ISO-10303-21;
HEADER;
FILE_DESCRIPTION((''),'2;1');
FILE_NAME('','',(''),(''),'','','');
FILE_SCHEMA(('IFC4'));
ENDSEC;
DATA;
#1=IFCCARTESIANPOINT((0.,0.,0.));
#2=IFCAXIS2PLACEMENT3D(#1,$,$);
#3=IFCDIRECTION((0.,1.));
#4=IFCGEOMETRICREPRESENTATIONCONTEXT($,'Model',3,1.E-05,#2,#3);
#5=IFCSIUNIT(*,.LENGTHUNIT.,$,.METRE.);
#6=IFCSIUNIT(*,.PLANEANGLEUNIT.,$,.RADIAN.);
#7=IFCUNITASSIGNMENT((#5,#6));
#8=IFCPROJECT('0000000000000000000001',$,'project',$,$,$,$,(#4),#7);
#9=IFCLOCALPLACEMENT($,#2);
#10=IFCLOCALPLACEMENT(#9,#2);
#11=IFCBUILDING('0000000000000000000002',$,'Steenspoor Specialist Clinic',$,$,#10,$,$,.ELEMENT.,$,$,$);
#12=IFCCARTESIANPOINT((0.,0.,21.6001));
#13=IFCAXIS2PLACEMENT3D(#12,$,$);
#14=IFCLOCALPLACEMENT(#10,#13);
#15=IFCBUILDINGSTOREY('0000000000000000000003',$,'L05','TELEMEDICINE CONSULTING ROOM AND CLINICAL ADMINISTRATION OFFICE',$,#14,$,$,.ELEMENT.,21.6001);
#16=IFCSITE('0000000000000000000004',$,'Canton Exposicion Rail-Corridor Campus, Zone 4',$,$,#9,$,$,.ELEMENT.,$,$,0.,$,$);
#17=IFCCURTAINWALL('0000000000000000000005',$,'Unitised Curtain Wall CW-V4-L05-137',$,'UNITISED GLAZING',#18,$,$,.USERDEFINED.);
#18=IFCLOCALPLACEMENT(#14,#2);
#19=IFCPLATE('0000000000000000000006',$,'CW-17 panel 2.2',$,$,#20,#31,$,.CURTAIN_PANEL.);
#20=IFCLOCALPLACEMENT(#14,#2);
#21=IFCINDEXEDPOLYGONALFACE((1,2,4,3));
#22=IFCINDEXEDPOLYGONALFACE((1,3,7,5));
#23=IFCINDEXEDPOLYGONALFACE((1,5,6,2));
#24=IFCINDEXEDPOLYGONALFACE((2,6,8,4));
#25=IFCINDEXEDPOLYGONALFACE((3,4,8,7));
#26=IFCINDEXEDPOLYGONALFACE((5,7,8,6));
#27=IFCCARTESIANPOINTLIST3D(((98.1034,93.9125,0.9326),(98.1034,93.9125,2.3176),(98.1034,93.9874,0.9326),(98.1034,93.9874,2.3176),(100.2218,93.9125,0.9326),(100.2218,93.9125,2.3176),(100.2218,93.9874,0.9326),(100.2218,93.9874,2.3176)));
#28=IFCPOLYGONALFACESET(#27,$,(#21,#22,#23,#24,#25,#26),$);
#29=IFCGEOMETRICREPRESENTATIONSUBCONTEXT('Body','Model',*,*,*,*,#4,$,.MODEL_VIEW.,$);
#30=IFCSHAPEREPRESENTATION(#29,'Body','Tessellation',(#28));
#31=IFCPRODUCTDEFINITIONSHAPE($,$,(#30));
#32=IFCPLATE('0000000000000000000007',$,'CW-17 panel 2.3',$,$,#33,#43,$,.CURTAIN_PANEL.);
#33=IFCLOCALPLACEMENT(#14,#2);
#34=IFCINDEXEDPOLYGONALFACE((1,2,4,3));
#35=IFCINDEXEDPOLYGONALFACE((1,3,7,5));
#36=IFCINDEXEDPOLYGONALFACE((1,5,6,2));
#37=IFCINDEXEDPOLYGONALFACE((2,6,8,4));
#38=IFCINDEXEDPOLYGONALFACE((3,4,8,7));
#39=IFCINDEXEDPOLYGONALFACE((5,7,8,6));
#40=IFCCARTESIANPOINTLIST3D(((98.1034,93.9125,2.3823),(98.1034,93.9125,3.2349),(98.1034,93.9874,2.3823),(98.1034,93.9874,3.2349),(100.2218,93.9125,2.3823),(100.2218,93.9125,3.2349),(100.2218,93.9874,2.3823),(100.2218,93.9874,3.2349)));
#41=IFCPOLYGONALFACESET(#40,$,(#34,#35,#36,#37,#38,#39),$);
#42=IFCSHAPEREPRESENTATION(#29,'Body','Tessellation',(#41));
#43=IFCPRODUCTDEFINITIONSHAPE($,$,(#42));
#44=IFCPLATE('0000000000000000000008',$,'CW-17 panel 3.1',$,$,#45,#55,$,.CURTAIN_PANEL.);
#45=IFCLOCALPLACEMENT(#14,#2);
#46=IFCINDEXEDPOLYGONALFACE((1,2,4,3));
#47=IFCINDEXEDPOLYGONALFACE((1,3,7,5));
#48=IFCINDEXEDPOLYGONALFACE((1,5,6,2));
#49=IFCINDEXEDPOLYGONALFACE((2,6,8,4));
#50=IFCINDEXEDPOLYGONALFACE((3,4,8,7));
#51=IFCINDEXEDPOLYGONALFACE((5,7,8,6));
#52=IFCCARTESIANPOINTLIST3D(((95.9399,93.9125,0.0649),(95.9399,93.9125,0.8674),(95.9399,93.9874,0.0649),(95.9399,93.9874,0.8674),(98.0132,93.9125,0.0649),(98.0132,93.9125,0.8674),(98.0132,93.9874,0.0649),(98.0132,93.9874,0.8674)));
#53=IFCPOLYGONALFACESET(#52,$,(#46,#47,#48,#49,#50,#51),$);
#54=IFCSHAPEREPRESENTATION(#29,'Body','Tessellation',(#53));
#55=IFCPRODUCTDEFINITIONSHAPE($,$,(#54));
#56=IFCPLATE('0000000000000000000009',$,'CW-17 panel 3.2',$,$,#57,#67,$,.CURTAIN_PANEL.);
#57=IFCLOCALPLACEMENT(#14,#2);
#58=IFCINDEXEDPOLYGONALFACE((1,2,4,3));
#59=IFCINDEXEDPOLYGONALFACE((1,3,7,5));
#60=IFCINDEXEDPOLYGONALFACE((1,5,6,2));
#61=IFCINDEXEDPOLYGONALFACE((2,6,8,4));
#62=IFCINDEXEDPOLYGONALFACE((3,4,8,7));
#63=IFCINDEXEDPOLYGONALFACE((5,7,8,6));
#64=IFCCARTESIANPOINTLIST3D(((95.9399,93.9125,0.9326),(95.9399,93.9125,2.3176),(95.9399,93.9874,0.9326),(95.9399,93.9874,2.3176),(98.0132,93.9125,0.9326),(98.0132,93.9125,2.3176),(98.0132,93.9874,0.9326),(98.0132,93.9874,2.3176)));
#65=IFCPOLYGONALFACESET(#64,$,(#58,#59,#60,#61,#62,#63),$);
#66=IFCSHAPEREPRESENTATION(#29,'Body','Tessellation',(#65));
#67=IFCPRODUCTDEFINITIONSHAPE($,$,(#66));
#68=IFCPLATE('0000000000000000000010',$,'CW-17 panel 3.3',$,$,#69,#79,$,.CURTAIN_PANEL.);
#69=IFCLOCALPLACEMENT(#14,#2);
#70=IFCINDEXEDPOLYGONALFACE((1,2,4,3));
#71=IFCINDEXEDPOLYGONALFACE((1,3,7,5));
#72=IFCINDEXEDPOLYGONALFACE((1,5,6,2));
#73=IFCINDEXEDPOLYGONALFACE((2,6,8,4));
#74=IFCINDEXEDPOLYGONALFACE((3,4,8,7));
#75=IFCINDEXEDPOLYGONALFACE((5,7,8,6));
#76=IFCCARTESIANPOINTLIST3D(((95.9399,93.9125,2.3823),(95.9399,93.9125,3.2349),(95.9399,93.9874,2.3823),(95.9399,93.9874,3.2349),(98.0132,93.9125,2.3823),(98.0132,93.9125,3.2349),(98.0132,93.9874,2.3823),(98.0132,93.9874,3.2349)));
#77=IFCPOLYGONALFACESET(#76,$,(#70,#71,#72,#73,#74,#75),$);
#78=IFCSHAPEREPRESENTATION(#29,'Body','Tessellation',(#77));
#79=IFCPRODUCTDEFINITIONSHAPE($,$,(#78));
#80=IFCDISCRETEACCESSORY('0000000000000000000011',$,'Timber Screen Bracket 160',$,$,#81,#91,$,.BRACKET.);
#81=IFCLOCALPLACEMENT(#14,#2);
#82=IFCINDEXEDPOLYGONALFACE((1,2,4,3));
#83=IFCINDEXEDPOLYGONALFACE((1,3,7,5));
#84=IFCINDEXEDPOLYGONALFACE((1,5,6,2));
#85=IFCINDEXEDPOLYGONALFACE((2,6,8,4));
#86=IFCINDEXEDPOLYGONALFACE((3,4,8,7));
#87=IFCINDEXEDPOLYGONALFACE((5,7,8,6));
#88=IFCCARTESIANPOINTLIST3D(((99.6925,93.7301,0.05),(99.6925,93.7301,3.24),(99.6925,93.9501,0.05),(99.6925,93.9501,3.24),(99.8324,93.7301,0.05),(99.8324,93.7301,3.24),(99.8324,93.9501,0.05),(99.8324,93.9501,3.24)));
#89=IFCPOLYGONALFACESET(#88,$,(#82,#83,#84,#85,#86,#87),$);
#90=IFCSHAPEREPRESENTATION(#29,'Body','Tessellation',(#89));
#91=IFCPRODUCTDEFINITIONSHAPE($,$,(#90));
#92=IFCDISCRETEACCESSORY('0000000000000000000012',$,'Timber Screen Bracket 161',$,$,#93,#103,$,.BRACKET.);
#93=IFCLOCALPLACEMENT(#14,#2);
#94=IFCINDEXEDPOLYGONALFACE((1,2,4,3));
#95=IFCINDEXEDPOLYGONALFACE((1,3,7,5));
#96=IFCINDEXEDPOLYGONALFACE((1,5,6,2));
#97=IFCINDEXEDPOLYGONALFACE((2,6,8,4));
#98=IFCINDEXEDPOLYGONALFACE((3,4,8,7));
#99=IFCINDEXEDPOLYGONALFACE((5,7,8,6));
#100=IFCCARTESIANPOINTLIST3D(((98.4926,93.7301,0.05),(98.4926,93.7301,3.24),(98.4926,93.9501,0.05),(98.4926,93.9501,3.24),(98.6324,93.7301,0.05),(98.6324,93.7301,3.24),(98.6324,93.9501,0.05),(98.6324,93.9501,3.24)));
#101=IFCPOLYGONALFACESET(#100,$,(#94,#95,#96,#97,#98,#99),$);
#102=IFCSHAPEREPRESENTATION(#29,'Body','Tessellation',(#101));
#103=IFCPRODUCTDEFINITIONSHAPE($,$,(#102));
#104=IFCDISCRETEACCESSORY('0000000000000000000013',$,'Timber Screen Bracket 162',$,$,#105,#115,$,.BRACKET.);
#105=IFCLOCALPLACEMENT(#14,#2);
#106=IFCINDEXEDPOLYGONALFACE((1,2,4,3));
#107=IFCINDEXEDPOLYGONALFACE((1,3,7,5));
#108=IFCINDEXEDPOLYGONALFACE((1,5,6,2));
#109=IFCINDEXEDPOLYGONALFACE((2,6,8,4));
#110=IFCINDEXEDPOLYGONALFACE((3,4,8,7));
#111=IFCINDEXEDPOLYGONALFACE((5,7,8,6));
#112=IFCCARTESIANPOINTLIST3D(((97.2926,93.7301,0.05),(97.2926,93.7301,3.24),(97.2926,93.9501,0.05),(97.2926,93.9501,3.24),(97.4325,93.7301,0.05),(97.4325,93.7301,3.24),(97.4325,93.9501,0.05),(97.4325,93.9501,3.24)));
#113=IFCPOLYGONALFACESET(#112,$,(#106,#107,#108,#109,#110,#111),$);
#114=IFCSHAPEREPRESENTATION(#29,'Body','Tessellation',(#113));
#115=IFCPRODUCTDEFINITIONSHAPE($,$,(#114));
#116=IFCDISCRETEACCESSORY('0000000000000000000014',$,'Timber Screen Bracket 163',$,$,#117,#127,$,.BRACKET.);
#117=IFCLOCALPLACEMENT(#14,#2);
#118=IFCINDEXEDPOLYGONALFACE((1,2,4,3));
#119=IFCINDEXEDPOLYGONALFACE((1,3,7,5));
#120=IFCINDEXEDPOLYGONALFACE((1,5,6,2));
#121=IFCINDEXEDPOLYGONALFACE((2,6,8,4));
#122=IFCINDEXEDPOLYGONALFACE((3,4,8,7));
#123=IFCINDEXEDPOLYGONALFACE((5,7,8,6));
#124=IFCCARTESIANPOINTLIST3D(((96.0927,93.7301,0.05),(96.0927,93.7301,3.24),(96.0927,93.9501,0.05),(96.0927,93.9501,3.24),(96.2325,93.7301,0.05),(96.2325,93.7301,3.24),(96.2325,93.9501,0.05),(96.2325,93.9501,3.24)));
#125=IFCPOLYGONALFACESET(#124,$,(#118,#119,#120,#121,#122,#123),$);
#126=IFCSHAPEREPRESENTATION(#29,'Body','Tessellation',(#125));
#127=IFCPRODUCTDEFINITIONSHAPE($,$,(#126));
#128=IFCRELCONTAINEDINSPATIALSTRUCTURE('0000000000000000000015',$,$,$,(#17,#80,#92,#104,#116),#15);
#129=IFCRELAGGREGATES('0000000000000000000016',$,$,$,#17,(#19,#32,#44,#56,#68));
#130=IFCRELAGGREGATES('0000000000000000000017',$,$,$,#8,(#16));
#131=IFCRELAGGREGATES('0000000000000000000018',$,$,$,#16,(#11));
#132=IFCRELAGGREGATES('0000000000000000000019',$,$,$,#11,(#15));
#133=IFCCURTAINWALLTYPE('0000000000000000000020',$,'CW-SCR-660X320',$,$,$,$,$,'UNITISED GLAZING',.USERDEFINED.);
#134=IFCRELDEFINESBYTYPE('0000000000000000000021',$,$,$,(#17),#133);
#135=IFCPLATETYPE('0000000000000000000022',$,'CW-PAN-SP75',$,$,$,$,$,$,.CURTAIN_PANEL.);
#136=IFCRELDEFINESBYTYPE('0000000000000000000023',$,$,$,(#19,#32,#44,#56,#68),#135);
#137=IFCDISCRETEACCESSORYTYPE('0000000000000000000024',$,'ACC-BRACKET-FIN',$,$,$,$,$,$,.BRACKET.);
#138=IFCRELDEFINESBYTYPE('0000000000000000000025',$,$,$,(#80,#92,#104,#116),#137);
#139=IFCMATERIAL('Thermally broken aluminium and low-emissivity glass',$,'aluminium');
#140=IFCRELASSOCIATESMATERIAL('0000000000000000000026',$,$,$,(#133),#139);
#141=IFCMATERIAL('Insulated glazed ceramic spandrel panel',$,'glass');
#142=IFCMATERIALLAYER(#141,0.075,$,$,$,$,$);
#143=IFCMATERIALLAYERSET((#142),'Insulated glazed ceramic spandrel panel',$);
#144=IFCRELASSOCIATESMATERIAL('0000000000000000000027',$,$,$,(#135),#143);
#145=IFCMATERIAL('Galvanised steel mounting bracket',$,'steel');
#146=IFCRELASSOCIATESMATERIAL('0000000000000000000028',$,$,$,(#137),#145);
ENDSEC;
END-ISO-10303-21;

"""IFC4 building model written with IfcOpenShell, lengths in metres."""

from ifc_helpers import new_model, si_unit, direction, frame, origin, origin_2d, place, context, subcontext, project, spatial, rectangle, extrude, material, layer, layer_set, type_object, element, aggregate, save


model = new_model("IFC4")

# Units and contexts
model_context = context("Model", 3, precision=1e-05, world=origin(), true_north=direction((0.0, 1.0)))
body_context = subcontext(model_context, "Body", "Model", "MODEL_VIEW")
ifc_project = project(units=[si_unit("LENGTHUNIT", "METRE"), si_unit("PLANEANGLEUNIT", "RADIAN")], contexts=[model_context])

# Site, building, storey
site_placement = place(None, origin())
site = spatial("IfcSite", under=ifc_project, at=site_placement, Name="Canton Exposicion Rail-Corridor Campus, Zone 4", CompositionType="ELEMENT", RefElevation=0.0)
building_placement = place(site_placement, origin())
building = spatial("IfcBuilding", under=site, at=building_placement, Name="Steenspoor Specialist Clinic", CompositionType="ELEMENT")
storey_placement = place(building_placement, frame((0.0, 0.0, 21.6001)))
storey = spatial("IfcBuildingStorey", under=building, at=storey_placement, Name="L05", Description="TELEMEDICINE CONSULTING ROOM AND CLINICAL ADMINISTRATION OFFICE", CompositionType="ELEMENT", Elevation=21.6001)

# Curtain wall
ifc_material_1 = material(Name="Thermally broken aluminium and low-emissivity glass", Category="aluminium")
curtain_wall_type = type_object("IfcCurtainWallType", Name="CW-SCR-660X320", ElementType="UNITISED GLAZING", PredefinedType="USERDEFINED", material=ifc_material_1)
curtain_wall_placement = place(storey_placement, origin())
curtain_wall = element("IfcCurtainWall", 1, at=curtain_wall_placement, inside=storey, type_object=curtain_wall_type, Name="Unitised Curtain Wall CW-V4-L05-137", ObjectType="UNITISED GLAZING", PredefinedType="USERDEFINED")

# Plates
ifc_material_2 = material(Name="Insulated glazed ceramic spandrel panel", Category="glass")
ifc_layer = layer(ifc_material_2, 0.075)
ifc_layer_set = layer_set([ifc_layer], Name="Insulated glazed ceramic spandrel panel")
plate_type = type_object("IfcPlateType", Name="CW-PAN-SP75", PredefinedType="CURTAIN_PANEL", material=ifc_layer_set)
plate_1_placement = place(storey_placement, frame((99.1626, 93.95, 0.9326), z_axis=(0.0, 0.0, 1.0), x_axis=(-1.0, 0.0, 0.0)))
plate_1 = element("IfcPlate", 2, at=plate_1_placement, type_object=plate_type, Name="CW-17 panel 2.2", PredefinedType="CURTAIN_PANEL", context=body_context, shape_type="SweptSolid", body=[
    extrude(rectangle(XDim=2.1184, YDim=0.075, at=origin_2d()), origin(), (0.0, 0.0, 1.0), 1.385),
])
plate_2_placement = place(storey_placement, frame((99.1626, 93.95, 2.3823), z_axis=(0.0, 0.0, 1.0), x_axis=(-1.0, 0.0, 0.0)))
plate_2 = element("IfcPlate", 3, at=plate_2_placement, type_object=plate_type, Name="CW-17 panel 2.3", PredefinedType="CURTAIN_PANEL", context=body_context, shape_type="SweptSolid", body=[
    extrude(rectangle(XDim=2.1184, YDim=0.075, at=origin_2d()), origin(), (0.0, 0.0, 1.0), 0.8525),
])
plate_3_placement = place(storey_placement, frame((96.9766, 93.95, 0.0649), z_axis=(0.0, 0.0, 1.0), x_axis=(-1.0, 0.0, 0.0)))
plate_3 = element("IfcPlate", 4, at=plate_3_placement, type_object=plate_type, Name="CW-17 panel 3.1", PredefinedType="CURTAIN_PANEL", context=body_context, shape_type="SweptSolid", body=[
    extrude(rectangle(XDim=2.0732, YDim=0.075, at=origin_2d()), origin(), (0.0, 0.0, 1.0), 0.8025),
])
plate_4_placement = place(storey_placement, frame((96.9766, 93.95, 0.9326), z_axis=(0.0, 0.0, 1.0), x_axis=(-1.0, 0.0, 0.0)))
plate_4 = element("IfcPlate", 5, at=plate_4_placement, type_object=plate_type, Name="CW-17 panel 3.2", PredefinedType="CURTAIN_PANEL", context=body_context, shape_type="SweptSolid", body=[
    extrude(rectangle(XDim=2.0732, YDim=0.075, at=origin_2d()), origin(), (0.0, 0.0, 1.0), 1.385),
])
plate_5_placement = place(storey_placement, frame((96.9766, 93.95, 2.3823), z_axis=(0.0, 0.0, 1.0), x_axis=(-1.0, 0.0, 0.0)))
plate_5 = element("IfcPlate", 6, at=plate_5_placement, type_object=plate_type, Name="CW-17 panel 3.3", PredefinedType="CURTAIN_PANEL", context=body_context, shape_type="SweptSolid", body=[
    extrude(rectangle(XDim=2.0732, YDim=0.075, at=origin_2d()), origin(), (0.0, 0.0, 1.0), 0.8525),
])
aggregate(curtain_wall, [plate_1, plate_2, plate_3, plate_4, plate_5])

# Discrete accessories
ifc_material_3 = material(Name="Galvanised steel mounting bracket", Category="steel")
discrete_accessory_type = type_object("IfcDiscreteAccessoryType", Name="ACC-BRACKET-FIN", PredefinedType="BRACKET", material=ifc_material_3)
for number, where, z_axis, x_axis, name in (
    (7, (99.7625, 93.8401, 0.05), (0.0, 0.0, 1.0), (0.0, -1.0, 0.0), "Timber Screen Bracket 160"),
    (8, (98.5625, 93.8401, 0.05), (0.0, 0.0, 1.0), (0.0, -1.0, 0.0), "Timber Screen Bracket 161"),
    (9, (97.3625, 93.8401, 0.05), (0.0, 0.0, 1.0), (0.0, -1.0, 0.0), "Timber Screen Bracket 162"),
    (10, (96.1626, 93.8401, 0.05), (0.0, 0.0, 1.0), (0.0, -1.0, 0.0), "Timber Screen Bracket 163"),
):
    element("IfcDiscreteAccessory", number, at=place(storey_placement, frame(where, z_axis=z_axis, x_axis=x_axis)), inside=storey, type_object=discrete_accessory_type, Name=name, PredefinedType="BRACKET", context=body_context, shape_type="SweptSolid", body=[
        extrude(rectangle(XDim=0.22, YDim=0.1399, at=origin_2d()), origin(), (0.0, 0.0, 1.0), 3.1899),
    ])

save(model, "model.ifc")
